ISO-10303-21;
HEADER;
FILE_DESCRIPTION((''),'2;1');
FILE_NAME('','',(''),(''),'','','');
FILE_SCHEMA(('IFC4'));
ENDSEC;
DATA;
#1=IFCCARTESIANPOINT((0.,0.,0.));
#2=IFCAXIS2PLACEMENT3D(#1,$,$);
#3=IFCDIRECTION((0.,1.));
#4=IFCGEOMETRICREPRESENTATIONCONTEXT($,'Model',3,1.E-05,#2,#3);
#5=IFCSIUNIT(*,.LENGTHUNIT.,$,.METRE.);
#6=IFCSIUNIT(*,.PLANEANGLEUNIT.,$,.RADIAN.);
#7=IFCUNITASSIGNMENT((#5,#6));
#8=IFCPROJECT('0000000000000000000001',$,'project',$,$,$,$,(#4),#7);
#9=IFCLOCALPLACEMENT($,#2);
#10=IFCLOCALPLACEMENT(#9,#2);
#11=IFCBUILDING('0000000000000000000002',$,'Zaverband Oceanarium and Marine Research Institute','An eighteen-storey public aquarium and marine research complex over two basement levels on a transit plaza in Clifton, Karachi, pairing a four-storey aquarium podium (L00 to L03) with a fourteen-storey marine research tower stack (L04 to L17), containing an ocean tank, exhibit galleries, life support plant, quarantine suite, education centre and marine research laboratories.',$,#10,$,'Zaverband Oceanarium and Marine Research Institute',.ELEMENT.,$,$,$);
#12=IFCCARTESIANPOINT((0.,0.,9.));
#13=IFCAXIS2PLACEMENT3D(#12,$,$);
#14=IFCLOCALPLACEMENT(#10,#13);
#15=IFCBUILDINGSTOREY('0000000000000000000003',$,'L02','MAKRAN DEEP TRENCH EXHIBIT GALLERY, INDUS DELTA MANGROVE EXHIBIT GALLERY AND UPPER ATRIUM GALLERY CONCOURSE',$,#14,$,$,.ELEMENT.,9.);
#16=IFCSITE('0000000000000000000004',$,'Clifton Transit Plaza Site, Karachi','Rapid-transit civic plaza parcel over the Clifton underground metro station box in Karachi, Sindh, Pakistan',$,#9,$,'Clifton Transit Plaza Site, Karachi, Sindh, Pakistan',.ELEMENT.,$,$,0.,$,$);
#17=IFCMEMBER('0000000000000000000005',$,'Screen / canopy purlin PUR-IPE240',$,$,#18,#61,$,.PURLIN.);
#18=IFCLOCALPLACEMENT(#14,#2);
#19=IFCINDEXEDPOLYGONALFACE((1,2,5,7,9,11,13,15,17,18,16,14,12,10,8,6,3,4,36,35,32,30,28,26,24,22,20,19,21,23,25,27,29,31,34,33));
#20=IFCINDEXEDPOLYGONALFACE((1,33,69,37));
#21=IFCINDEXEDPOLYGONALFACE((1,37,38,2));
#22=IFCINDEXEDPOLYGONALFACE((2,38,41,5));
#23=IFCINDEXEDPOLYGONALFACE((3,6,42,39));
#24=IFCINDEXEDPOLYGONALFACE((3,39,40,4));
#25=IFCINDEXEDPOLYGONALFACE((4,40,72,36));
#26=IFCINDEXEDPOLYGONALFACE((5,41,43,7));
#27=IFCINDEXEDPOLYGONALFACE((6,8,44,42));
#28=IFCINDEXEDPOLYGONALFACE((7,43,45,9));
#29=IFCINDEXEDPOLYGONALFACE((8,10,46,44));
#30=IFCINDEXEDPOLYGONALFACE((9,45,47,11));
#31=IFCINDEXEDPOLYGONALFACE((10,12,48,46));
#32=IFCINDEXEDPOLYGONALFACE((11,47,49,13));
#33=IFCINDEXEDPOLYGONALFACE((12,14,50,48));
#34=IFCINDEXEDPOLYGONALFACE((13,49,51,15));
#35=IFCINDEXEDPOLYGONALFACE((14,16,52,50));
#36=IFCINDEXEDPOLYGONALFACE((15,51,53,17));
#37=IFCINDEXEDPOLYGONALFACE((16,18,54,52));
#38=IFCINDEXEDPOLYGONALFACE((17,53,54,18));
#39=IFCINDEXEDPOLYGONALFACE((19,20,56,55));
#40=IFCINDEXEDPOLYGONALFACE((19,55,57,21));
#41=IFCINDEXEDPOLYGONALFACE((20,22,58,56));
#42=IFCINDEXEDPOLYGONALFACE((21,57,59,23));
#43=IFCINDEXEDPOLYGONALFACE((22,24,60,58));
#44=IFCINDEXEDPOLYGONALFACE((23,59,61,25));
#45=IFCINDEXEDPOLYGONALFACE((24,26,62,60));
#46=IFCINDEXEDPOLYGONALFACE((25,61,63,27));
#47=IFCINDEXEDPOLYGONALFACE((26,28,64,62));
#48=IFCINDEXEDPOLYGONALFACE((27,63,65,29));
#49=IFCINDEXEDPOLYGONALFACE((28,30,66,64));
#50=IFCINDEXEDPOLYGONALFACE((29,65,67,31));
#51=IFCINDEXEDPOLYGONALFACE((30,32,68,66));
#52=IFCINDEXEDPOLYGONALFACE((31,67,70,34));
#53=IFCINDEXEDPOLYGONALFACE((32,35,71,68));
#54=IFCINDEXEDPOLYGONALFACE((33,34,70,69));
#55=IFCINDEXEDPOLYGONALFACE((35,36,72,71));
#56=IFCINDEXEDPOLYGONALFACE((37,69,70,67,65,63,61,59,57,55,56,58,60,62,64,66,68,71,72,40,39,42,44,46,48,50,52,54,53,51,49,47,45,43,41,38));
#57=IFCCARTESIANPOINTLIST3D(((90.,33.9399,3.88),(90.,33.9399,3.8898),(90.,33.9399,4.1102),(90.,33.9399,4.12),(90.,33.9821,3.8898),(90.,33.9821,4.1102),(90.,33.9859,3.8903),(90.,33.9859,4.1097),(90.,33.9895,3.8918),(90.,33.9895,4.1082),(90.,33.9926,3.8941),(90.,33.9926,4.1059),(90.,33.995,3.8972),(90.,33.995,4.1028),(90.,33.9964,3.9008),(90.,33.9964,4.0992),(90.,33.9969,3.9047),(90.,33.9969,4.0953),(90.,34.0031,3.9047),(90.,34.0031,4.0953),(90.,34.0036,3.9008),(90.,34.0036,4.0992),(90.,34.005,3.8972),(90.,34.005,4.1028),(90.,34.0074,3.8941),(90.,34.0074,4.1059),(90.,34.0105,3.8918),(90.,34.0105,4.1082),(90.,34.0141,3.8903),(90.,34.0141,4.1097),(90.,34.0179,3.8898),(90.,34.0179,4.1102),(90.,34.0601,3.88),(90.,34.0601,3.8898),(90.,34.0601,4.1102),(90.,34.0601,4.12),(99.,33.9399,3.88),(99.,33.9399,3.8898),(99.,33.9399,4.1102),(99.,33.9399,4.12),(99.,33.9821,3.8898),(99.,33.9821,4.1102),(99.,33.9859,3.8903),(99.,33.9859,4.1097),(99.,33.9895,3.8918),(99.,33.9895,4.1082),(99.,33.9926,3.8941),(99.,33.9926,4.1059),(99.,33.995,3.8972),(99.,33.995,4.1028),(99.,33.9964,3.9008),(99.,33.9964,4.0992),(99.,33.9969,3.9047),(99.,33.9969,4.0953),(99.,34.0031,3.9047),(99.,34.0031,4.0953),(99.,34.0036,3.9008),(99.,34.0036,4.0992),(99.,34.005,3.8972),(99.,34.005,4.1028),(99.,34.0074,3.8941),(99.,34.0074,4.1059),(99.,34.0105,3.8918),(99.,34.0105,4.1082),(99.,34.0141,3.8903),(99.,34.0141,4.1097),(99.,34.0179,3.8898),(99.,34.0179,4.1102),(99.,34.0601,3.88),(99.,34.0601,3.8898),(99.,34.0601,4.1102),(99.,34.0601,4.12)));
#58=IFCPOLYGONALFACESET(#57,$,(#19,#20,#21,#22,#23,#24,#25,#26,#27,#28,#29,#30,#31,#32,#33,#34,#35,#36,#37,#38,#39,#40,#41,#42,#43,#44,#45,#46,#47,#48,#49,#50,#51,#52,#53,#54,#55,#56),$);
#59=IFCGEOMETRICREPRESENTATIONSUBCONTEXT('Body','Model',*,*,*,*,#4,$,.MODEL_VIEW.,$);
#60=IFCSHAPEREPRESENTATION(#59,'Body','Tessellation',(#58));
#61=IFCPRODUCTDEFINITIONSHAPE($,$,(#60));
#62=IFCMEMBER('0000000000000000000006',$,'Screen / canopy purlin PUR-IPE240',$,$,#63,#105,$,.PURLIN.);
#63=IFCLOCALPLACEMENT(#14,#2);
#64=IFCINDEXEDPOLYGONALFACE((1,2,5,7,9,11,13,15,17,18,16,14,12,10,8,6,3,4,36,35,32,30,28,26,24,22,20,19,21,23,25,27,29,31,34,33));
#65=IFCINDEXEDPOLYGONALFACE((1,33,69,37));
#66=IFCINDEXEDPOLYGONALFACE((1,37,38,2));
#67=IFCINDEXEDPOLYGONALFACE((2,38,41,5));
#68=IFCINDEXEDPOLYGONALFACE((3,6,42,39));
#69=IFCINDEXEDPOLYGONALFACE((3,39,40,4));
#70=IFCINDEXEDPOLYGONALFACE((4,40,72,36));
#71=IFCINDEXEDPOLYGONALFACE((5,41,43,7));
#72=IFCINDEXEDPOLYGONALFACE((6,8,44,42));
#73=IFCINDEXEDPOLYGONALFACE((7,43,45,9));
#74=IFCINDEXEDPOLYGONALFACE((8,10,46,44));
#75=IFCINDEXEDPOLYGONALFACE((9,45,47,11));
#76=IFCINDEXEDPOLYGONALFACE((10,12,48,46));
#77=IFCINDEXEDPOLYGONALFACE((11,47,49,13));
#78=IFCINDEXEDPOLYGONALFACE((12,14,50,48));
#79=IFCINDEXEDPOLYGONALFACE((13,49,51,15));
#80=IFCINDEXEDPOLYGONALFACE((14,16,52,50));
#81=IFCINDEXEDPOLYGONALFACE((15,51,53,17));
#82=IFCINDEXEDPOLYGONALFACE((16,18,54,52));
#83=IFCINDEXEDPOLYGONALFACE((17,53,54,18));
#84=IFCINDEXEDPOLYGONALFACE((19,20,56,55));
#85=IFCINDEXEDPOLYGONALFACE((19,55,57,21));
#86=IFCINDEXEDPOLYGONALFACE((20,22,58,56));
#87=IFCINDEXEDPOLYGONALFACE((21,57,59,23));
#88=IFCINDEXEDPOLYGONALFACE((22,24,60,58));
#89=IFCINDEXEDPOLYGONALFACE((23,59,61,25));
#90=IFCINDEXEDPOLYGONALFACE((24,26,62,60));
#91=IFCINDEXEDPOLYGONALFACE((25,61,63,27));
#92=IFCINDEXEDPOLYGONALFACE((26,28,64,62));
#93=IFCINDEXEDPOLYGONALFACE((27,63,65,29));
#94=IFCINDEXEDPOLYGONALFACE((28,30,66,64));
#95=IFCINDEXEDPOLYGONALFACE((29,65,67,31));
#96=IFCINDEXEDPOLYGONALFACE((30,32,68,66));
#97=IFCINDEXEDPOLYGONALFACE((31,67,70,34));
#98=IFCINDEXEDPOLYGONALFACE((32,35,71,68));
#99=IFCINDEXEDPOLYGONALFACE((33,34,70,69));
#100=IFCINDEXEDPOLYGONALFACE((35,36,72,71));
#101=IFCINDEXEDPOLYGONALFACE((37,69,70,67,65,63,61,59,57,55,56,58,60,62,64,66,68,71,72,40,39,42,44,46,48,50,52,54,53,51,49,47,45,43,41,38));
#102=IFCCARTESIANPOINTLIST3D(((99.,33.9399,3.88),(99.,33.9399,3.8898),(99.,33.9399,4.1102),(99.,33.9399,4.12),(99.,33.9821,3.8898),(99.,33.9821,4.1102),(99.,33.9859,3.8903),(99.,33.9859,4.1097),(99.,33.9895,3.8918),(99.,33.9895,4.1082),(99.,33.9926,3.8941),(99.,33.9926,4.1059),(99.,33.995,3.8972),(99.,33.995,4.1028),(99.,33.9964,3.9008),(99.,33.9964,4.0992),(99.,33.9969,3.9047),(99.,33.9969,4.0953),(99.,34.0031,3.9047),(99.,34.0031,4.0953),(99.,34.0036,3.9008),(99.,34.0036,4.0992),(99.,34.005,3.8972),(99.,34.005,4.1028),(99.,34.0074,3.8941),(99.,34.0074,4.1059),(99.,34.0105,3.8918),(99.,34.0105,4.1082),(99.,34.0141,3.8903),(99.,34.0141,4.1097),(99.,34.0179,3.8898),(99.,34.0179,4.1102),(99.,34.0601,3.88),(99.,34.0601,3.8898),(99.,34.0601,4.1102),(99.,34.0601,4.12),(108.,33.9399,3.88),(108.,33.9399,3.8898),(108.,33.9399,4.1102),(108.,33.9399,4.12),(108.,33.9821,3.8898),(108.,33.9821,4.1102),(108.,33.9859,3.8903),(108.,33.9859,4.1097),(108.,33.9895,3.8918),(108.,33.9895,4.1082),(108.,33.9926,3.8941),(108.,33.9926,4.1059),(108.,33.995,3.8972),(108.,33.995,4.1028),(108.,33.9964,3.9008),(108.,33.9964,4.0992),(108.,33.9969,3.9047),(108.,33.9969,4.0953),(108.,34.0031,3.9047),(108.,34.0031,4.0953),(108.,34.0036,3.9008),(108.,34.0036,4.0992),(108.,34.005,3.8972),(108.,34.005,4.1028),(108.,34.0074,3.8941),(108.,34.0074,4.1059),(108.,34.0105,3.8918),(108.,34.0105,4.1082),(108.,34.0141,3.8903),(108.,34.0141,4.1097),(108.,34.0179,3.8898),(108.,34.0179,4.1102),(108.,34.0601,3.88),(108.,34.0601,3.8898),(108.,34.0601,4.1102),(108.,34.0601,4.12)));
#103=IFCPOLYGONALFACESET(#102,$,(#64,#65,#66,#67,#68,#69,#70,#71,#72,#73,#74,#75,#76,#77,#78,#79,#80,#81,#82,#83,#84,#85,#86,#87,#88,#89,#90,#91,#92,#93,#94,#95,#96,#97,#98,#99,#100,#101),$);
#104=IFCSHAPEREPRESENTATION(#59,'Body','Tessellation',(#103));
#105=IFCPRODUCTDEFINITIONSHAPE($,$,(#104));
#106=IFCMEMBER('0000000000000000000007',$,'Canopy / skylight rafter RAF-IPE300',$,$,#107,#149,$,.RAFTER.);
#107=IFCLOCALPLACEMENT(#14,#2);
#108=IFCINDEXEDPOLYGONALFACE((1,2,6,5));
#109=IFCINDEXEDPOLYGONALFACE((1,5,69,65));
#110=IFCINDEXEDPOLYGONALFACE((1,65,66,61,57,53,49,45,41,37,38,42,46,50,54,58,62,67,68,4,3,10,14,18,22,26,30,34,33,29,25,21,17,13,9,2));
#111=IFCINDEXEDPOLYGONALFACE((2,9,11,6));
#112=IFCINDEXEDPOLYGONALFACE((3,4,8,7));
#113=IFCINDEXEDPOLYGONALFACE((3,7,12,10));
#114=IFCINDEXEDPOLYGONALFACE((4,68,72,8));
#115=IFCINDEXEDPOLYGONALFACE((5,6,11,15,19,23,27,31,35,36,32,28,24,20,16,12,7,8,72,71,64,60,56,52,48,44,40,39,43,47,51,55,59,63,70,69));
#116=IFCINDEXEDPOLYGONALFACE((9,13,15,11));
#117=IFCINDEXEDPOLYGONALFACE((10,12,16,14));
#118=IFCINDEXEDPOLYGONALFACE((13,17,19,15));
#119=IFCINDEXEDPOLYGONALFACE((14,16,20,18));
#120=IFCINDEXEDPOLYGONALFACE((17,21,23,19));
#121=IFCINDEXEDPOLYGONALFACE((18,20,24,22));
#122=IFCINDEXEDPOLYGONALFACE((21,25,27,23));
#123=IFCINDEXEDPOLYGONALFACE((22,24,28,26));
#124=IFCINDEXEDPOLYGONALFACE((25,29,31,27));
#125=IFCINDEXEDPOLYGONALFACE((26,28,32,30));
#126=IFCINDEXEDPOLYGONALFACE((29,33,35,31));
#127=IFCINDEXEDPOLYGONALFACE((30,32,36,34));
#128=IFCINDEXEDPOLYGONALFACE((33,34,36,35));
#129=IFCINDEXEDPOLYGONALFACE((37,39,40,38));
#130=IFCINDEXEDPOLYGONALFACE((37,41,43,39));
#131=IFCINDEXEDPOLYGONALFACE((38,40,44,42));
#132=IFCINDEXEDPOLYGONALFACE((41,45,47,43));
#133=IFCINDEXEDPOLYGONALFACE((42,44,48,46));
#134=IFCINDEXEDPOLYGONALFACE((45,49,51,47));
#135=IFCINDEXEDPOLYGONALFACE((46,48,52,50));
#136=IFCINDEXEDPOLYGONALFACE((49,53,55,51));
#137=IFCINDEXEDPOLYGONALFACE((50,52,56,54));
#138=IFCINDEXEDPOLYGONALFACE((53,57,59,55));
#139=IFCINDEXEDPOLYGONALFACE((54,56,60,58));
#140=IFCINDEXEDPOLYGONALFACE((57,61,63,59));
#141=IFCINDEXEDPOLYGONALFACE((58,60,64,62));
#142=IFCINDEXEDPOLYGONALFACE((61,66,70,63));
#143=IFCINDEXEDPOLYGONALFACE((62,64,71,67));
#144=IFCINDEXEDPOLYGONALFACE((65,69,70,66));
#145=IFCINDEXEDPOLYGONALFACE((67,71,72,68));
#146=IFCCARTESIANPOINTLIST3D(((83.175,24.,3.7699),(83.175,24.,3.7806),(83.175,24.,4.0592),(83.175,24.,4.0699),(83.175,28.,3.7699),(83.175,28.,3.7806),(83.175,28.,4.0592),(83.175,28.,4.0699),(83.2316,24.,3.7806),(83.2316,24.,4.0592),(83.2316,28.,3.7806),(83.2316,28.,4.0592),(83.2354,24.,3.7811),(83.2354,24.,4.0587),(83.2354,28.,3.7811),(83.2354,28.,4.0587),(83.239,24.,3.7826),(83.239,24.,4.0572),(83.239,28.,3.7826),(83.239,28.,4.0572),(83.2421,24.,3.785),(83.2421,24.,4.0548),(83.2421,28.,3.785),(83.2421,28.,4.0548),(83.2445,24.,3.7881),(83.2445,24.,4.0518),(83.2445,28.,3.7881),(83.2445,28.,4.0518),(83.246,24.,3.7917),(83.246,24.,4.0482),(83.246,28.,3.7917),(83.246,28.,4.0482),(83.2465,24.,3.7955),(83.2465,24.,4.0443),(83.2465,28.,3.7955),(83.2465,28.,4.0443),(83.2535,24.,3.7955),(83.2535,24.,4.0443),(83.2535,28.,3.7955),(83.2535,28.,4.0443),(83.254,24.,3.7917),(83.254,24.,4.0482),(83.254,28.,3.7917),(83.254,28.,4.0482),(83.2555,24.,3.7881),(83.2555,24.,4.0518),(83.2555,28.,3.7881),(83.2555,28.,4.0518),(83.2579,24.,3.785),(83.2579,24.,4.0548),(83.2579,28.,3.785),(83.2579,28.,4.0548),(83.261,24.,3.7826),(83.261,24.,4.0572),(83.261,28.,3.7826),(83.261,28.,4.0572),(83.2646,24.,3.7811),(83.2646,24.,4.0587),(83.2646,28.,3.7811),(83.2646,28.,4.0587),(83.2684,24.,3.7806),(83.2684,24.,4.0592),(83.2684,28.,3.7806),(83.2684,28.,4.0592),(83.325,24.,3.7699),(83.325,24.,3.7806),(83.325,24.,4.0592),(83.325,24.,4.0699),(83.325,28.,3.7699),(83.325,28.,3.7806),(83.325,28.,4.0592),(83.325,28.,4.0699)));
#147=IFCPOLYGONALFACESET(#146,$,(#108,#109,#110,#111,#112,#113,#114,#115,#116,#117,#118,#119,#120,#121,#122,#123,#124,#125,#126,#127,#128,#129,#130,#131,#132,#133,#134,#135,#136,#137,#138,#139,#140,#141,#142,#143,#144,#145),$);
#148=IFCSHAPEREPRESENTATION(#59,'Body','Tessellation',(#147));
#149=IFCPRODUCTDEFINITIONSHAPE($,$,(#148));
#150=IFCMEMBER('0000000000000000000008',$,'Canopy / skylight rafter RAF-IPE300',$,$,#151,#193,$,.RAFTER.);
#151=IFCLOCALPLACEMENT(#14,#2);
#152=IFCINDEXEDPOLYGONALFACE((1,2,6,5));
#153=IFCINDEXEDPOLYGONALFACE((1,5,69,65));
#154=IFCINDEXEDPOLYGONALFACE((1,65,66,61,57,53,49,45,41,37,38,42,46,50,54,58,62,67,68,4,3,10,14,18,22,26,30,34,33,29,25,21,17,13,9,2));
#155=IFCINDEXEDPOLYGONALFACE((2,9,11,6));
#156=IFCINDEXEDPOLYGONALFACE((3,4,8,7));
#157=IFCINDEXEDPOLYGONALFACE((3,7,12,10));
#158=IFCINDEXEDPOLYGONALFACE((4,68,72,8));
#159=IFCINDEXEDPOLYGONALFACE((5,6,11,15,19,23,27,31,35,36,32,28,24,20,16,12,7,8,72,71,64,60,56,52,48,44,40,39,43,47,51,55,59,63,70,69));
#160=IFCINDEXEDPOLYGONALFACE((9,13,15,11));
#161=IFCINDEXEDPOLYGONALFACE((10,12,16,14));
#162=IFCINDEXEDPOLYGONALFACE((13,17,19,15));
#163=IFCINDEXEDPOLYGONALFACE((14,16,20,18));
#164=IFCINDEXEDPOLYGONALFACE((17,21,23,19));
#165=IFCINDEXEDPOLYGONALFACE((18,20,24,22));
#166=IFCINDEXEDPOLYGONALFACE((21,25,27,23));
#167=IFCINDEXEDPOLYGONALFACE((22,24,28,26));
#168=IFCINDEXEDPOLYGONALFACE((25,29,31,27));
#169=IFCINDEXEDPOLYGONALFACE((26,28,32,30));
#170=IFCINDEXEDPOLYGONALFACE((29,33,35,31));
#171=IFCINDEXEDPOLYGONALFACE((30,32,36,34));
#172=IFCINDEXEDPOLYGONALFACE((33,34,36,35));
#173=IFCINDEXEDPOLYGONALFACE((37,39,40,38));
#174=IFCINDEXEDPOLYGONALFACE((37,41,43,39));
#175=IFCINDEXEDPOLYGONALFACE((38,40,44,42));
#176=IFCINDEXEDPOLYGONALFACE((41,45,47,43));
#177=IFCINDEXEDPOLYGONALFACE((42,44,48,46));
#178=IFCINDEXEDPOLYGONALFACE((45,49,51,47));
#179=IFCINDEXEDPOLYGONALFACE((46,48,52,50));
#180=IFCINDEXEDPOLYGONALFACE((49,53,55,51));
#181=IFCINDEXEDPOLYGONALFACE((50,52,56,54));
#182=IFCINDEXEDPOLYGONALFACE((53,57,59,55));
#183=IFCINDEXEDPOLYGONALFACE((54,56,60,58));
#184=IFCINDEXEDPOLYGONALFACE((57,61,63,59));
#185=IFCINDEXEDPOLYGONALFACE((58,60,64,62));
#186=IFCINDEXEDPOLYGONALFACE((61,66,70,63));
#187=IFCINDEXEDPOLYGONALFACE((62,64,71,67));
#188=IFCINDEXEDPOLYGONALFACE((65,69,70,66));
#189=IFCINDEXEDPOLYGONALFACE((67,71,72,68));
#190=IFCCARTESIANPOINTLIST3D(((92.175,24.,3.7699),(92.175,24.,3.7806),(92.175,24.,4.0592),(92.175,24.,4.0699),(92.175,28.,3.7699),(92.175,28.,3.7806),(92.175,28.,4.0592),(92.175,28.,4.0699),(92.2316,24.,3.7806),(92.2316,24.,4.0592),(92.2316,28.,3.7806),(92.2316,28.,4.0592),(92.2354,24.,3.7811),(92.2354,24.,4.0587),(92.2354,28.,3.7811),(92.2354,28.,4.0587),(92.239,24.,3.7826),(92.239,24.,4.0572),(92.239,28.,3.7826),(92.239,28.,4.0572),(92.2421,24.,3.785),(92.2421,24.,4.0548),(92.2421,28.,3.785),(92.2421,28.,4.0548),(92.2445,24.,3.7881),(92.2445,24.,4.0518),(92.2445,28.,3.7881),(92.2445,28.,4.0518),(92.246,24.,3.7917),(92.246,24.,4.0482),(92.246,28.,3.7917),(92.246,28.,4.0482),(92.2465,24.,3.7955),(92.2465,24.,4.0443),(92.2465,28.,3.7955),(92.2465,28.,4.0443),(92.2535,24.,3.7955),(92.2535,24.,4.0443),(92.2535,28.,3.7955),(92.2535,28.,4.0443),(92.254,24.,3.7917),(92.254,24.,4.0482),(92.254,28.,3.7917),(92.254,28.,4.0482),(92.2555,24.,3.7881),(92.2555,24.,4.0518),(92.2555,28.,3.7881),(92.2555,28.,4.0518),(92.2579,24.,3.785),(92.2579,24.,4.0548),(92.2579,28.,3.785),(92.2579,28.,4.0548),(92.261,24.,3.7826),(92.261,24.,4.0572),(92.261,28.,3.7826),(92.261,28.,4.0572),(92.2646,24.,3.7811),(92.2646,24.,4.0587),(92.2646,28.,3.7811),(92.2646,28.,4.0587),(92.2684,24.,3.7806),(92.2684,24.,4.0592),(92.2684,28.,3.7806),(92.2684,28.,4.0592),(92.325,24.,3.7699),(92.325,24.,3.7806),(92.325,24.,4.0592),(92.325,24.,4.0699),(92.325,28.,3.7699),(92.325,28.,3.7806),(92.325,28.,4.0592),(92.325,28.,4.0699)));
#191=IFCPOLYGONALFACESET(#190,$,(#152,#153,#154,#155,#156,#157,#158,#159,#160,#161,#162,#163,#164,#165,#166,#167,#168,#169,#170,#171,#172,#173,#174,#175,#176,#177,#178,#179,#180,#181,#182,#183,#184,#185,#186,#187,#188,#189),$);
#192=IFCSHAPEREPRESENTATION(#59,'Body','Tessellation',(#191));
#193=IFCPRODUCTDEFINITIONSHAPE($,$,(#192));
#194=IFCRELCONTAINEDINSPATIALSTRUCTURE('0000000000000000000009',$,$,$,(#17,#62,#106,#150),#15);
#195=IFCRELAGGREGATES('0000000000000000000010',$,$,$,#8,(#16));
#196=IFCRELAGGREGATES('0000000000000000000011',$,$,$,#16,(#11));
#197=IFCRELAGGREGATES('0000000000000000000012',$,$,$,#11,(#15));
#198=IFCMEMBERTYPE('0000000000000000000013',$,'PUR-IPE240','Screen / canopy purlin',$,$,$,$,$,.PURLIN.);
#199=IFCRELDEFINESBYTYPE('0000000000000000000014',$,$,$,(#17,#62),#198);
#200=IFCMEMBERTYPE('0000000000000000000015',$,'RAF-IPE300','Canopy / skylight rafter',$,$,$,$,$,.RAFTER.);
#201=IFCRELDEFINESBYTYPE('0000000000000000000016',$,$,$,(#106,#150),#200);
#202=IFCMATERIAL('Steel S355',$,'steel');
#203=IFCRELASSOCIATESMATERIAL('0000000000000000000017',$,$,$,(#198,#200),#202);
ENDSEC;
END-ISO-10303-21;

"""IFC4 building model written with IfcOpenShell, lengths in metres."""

from ifc_helpers import new_model, si_unit, direction, frame, origin, origin_2d, place, context, subcontext, project, spatial, i_section, extrude, material, material_profile, profile_set, type_object, element, save


model = new_model("IFC4")

# Units and contexts
model_context = context("Model", 3, precision=1e-05, world=origin(), true_north=direction((0.0, 1.0)))
body_context = subcontext(model_context, "Body", "Model", "MODEL_VIEW")
ifc_project = project(units=[si_unit("LENGTHUNIT", "METRE"), si_unit("PLANEANGLEUNIT", "RADIAN")], contexts=[model_context])

# Site, building, storey
site_placement = place(None, origin())
site = spatial("IfcSite", under=ifc_project, at=site_placement, Name="Clifton Transit Plaza Site, Karachi", Description="Rapid-transit civic plaza parcel over the Clifton underground metro station box in Karachi, Sindh, Pakistan", LongName="Clifton Transit Plaza Site, Karachi, Sindh, Pakistan", CompositionType="ELEMENT", RefElevation=0.0)
building_placement = place(site_placement, origin())
building = spatial("IfcBuilding", under=site, at=building_placement, Name="Zaverband Oceanarium and Marine Research Institute", Description="An eighteen-storey public aquarium and marine research complex over two basement levels on a transit plaza in Clifton, Karachi, pairing a four-storey aquarium podium (L00 to L03) with a fourteen-storey marine research tower stack (L04 to L17), containing an ocean tank, exhibit galleries, life support plant, quarantine suite, education centre and marine research laboratories.", LongName="Zaverband Oceanarium and Marine Research Institute", CompositionType="ELEMENT")
storey_placement = place(building_placement, frame((0.0, 0.0, 9.0)))
storey = spatial("IfcBuildingStorey", under=building, at=storey_placement, Name="L02", Description="MAKRAN DEEP TRENCH EXHIBIT GALLERY, INDUS DELTA MANGROVE EXHIBIT GALLERY AND UPPER ATRIUM GALLERY CONCOURSE", CompositionType="ELEMENT", Elevation=9.0)

# Shared definitions
ifc_material_1 = material(Name="Steel S355", Category="steel")

# Members
ifc_material_profile_1 = material_profile(ifc_material_1, i_section(OverallWidth=0.1201, OverallDepth=0.24, WebThickness=0.0061, FlangeThickness=0.0098, FilletRadius=0.0149, at=origin_2d()), Name="IPE240")
ifc_profile_set_1 = profile_set([ifc_material_profile_1], Name="Steel S355")
member_type_1 = type_object("IfcMemberType", Name="PUR-IPE240", Description="Screen / canopy purlin", PredefinedType="PURLIN", material=ifc_profile_set_1)
for number, where, z_axis, x_axis, name in (
    (1, (90.0, 34.0, 4.0), (1.0, 0.0, 0.0), (0.0, 1.0, 0.0), "Screen / canopy purlin PUR-IPE240"),
    (2, (99.0, 34.0, 4.0), (1.0, 0.0, 0.0), (0.0, 1.0, 0.0), "Screen / canopy purlin PUR-IPE240"),
):
    element("IfcMember", number, at=place(storey_placement, frame(where, z_axis=z_axis, x_axis=x_axis)), inside=storey, type_object=member_type_1, Name=name, PredefinedType="PURLIN", context=body_context, shape_type="SweptSolid", body=[
        extrude(i_section(OverallWidth=0.1201, OverallDepth=0.24, WebThickness=0.0061, FlangeThickness=0.0098, FilletRadius=0.0149, at=origin_2d()), origin(), (0.0, 0.0, 1.0), 9.0),
    ])
ifc_material_profile_2 = material_profile(ifc_material_1, i_section(OverallWidth=0.1499, OverallDepth=0.3, WebThickness=0.0071, FlangeThickness=0.0107, FilletRadius=0.0149, at=origin_2d()), Name="IPE300")
ifc_profile_set_2 = profile_set([ifc_material_profile_2], Name="Steel S355")
member_type_2 = type_object("IfcMemberType", Name="RAF-IPE300", Description="Canopy / skylight rafter", PredefinedType="RAFTER", material=ifc_profile_set_2)
for number, where, z_axis, x_axis, name in (
    (3, (83.25, 24.0, 3.9199), (0.0, 1.0, 0.0), (-1.0, 0.0, 0.0), "Canopy / skylight rafter RAF-IPE300"),
    (4, (92.25, 24.0, 3.9199), (0.0, 1.0, 0.0), (-1.0, 0.0, 0.0), "Canopy / skylight rafter RAF-IPE300"),
):
    element("IfcMember", number, at=place(storey_placement, frame(where, z_axis=z_axis, x_axis=x_axis)), inside=storey, type_object=member_type_2, Name=name, PredefinedType="RAFTER", context=body_context, shape_type="SweptSolid", body=[
        extrude(i_section(OverallWidth=0.1499, OverallDepth=0.3, WebThickness=0.0071, FlangeThickness=0.0107, FilletRadius=0.0149, at=origin_2d()), origin(), (0.0, 0.0, 1.0), 4.0),
    ])

save(model, "model.ifc")
